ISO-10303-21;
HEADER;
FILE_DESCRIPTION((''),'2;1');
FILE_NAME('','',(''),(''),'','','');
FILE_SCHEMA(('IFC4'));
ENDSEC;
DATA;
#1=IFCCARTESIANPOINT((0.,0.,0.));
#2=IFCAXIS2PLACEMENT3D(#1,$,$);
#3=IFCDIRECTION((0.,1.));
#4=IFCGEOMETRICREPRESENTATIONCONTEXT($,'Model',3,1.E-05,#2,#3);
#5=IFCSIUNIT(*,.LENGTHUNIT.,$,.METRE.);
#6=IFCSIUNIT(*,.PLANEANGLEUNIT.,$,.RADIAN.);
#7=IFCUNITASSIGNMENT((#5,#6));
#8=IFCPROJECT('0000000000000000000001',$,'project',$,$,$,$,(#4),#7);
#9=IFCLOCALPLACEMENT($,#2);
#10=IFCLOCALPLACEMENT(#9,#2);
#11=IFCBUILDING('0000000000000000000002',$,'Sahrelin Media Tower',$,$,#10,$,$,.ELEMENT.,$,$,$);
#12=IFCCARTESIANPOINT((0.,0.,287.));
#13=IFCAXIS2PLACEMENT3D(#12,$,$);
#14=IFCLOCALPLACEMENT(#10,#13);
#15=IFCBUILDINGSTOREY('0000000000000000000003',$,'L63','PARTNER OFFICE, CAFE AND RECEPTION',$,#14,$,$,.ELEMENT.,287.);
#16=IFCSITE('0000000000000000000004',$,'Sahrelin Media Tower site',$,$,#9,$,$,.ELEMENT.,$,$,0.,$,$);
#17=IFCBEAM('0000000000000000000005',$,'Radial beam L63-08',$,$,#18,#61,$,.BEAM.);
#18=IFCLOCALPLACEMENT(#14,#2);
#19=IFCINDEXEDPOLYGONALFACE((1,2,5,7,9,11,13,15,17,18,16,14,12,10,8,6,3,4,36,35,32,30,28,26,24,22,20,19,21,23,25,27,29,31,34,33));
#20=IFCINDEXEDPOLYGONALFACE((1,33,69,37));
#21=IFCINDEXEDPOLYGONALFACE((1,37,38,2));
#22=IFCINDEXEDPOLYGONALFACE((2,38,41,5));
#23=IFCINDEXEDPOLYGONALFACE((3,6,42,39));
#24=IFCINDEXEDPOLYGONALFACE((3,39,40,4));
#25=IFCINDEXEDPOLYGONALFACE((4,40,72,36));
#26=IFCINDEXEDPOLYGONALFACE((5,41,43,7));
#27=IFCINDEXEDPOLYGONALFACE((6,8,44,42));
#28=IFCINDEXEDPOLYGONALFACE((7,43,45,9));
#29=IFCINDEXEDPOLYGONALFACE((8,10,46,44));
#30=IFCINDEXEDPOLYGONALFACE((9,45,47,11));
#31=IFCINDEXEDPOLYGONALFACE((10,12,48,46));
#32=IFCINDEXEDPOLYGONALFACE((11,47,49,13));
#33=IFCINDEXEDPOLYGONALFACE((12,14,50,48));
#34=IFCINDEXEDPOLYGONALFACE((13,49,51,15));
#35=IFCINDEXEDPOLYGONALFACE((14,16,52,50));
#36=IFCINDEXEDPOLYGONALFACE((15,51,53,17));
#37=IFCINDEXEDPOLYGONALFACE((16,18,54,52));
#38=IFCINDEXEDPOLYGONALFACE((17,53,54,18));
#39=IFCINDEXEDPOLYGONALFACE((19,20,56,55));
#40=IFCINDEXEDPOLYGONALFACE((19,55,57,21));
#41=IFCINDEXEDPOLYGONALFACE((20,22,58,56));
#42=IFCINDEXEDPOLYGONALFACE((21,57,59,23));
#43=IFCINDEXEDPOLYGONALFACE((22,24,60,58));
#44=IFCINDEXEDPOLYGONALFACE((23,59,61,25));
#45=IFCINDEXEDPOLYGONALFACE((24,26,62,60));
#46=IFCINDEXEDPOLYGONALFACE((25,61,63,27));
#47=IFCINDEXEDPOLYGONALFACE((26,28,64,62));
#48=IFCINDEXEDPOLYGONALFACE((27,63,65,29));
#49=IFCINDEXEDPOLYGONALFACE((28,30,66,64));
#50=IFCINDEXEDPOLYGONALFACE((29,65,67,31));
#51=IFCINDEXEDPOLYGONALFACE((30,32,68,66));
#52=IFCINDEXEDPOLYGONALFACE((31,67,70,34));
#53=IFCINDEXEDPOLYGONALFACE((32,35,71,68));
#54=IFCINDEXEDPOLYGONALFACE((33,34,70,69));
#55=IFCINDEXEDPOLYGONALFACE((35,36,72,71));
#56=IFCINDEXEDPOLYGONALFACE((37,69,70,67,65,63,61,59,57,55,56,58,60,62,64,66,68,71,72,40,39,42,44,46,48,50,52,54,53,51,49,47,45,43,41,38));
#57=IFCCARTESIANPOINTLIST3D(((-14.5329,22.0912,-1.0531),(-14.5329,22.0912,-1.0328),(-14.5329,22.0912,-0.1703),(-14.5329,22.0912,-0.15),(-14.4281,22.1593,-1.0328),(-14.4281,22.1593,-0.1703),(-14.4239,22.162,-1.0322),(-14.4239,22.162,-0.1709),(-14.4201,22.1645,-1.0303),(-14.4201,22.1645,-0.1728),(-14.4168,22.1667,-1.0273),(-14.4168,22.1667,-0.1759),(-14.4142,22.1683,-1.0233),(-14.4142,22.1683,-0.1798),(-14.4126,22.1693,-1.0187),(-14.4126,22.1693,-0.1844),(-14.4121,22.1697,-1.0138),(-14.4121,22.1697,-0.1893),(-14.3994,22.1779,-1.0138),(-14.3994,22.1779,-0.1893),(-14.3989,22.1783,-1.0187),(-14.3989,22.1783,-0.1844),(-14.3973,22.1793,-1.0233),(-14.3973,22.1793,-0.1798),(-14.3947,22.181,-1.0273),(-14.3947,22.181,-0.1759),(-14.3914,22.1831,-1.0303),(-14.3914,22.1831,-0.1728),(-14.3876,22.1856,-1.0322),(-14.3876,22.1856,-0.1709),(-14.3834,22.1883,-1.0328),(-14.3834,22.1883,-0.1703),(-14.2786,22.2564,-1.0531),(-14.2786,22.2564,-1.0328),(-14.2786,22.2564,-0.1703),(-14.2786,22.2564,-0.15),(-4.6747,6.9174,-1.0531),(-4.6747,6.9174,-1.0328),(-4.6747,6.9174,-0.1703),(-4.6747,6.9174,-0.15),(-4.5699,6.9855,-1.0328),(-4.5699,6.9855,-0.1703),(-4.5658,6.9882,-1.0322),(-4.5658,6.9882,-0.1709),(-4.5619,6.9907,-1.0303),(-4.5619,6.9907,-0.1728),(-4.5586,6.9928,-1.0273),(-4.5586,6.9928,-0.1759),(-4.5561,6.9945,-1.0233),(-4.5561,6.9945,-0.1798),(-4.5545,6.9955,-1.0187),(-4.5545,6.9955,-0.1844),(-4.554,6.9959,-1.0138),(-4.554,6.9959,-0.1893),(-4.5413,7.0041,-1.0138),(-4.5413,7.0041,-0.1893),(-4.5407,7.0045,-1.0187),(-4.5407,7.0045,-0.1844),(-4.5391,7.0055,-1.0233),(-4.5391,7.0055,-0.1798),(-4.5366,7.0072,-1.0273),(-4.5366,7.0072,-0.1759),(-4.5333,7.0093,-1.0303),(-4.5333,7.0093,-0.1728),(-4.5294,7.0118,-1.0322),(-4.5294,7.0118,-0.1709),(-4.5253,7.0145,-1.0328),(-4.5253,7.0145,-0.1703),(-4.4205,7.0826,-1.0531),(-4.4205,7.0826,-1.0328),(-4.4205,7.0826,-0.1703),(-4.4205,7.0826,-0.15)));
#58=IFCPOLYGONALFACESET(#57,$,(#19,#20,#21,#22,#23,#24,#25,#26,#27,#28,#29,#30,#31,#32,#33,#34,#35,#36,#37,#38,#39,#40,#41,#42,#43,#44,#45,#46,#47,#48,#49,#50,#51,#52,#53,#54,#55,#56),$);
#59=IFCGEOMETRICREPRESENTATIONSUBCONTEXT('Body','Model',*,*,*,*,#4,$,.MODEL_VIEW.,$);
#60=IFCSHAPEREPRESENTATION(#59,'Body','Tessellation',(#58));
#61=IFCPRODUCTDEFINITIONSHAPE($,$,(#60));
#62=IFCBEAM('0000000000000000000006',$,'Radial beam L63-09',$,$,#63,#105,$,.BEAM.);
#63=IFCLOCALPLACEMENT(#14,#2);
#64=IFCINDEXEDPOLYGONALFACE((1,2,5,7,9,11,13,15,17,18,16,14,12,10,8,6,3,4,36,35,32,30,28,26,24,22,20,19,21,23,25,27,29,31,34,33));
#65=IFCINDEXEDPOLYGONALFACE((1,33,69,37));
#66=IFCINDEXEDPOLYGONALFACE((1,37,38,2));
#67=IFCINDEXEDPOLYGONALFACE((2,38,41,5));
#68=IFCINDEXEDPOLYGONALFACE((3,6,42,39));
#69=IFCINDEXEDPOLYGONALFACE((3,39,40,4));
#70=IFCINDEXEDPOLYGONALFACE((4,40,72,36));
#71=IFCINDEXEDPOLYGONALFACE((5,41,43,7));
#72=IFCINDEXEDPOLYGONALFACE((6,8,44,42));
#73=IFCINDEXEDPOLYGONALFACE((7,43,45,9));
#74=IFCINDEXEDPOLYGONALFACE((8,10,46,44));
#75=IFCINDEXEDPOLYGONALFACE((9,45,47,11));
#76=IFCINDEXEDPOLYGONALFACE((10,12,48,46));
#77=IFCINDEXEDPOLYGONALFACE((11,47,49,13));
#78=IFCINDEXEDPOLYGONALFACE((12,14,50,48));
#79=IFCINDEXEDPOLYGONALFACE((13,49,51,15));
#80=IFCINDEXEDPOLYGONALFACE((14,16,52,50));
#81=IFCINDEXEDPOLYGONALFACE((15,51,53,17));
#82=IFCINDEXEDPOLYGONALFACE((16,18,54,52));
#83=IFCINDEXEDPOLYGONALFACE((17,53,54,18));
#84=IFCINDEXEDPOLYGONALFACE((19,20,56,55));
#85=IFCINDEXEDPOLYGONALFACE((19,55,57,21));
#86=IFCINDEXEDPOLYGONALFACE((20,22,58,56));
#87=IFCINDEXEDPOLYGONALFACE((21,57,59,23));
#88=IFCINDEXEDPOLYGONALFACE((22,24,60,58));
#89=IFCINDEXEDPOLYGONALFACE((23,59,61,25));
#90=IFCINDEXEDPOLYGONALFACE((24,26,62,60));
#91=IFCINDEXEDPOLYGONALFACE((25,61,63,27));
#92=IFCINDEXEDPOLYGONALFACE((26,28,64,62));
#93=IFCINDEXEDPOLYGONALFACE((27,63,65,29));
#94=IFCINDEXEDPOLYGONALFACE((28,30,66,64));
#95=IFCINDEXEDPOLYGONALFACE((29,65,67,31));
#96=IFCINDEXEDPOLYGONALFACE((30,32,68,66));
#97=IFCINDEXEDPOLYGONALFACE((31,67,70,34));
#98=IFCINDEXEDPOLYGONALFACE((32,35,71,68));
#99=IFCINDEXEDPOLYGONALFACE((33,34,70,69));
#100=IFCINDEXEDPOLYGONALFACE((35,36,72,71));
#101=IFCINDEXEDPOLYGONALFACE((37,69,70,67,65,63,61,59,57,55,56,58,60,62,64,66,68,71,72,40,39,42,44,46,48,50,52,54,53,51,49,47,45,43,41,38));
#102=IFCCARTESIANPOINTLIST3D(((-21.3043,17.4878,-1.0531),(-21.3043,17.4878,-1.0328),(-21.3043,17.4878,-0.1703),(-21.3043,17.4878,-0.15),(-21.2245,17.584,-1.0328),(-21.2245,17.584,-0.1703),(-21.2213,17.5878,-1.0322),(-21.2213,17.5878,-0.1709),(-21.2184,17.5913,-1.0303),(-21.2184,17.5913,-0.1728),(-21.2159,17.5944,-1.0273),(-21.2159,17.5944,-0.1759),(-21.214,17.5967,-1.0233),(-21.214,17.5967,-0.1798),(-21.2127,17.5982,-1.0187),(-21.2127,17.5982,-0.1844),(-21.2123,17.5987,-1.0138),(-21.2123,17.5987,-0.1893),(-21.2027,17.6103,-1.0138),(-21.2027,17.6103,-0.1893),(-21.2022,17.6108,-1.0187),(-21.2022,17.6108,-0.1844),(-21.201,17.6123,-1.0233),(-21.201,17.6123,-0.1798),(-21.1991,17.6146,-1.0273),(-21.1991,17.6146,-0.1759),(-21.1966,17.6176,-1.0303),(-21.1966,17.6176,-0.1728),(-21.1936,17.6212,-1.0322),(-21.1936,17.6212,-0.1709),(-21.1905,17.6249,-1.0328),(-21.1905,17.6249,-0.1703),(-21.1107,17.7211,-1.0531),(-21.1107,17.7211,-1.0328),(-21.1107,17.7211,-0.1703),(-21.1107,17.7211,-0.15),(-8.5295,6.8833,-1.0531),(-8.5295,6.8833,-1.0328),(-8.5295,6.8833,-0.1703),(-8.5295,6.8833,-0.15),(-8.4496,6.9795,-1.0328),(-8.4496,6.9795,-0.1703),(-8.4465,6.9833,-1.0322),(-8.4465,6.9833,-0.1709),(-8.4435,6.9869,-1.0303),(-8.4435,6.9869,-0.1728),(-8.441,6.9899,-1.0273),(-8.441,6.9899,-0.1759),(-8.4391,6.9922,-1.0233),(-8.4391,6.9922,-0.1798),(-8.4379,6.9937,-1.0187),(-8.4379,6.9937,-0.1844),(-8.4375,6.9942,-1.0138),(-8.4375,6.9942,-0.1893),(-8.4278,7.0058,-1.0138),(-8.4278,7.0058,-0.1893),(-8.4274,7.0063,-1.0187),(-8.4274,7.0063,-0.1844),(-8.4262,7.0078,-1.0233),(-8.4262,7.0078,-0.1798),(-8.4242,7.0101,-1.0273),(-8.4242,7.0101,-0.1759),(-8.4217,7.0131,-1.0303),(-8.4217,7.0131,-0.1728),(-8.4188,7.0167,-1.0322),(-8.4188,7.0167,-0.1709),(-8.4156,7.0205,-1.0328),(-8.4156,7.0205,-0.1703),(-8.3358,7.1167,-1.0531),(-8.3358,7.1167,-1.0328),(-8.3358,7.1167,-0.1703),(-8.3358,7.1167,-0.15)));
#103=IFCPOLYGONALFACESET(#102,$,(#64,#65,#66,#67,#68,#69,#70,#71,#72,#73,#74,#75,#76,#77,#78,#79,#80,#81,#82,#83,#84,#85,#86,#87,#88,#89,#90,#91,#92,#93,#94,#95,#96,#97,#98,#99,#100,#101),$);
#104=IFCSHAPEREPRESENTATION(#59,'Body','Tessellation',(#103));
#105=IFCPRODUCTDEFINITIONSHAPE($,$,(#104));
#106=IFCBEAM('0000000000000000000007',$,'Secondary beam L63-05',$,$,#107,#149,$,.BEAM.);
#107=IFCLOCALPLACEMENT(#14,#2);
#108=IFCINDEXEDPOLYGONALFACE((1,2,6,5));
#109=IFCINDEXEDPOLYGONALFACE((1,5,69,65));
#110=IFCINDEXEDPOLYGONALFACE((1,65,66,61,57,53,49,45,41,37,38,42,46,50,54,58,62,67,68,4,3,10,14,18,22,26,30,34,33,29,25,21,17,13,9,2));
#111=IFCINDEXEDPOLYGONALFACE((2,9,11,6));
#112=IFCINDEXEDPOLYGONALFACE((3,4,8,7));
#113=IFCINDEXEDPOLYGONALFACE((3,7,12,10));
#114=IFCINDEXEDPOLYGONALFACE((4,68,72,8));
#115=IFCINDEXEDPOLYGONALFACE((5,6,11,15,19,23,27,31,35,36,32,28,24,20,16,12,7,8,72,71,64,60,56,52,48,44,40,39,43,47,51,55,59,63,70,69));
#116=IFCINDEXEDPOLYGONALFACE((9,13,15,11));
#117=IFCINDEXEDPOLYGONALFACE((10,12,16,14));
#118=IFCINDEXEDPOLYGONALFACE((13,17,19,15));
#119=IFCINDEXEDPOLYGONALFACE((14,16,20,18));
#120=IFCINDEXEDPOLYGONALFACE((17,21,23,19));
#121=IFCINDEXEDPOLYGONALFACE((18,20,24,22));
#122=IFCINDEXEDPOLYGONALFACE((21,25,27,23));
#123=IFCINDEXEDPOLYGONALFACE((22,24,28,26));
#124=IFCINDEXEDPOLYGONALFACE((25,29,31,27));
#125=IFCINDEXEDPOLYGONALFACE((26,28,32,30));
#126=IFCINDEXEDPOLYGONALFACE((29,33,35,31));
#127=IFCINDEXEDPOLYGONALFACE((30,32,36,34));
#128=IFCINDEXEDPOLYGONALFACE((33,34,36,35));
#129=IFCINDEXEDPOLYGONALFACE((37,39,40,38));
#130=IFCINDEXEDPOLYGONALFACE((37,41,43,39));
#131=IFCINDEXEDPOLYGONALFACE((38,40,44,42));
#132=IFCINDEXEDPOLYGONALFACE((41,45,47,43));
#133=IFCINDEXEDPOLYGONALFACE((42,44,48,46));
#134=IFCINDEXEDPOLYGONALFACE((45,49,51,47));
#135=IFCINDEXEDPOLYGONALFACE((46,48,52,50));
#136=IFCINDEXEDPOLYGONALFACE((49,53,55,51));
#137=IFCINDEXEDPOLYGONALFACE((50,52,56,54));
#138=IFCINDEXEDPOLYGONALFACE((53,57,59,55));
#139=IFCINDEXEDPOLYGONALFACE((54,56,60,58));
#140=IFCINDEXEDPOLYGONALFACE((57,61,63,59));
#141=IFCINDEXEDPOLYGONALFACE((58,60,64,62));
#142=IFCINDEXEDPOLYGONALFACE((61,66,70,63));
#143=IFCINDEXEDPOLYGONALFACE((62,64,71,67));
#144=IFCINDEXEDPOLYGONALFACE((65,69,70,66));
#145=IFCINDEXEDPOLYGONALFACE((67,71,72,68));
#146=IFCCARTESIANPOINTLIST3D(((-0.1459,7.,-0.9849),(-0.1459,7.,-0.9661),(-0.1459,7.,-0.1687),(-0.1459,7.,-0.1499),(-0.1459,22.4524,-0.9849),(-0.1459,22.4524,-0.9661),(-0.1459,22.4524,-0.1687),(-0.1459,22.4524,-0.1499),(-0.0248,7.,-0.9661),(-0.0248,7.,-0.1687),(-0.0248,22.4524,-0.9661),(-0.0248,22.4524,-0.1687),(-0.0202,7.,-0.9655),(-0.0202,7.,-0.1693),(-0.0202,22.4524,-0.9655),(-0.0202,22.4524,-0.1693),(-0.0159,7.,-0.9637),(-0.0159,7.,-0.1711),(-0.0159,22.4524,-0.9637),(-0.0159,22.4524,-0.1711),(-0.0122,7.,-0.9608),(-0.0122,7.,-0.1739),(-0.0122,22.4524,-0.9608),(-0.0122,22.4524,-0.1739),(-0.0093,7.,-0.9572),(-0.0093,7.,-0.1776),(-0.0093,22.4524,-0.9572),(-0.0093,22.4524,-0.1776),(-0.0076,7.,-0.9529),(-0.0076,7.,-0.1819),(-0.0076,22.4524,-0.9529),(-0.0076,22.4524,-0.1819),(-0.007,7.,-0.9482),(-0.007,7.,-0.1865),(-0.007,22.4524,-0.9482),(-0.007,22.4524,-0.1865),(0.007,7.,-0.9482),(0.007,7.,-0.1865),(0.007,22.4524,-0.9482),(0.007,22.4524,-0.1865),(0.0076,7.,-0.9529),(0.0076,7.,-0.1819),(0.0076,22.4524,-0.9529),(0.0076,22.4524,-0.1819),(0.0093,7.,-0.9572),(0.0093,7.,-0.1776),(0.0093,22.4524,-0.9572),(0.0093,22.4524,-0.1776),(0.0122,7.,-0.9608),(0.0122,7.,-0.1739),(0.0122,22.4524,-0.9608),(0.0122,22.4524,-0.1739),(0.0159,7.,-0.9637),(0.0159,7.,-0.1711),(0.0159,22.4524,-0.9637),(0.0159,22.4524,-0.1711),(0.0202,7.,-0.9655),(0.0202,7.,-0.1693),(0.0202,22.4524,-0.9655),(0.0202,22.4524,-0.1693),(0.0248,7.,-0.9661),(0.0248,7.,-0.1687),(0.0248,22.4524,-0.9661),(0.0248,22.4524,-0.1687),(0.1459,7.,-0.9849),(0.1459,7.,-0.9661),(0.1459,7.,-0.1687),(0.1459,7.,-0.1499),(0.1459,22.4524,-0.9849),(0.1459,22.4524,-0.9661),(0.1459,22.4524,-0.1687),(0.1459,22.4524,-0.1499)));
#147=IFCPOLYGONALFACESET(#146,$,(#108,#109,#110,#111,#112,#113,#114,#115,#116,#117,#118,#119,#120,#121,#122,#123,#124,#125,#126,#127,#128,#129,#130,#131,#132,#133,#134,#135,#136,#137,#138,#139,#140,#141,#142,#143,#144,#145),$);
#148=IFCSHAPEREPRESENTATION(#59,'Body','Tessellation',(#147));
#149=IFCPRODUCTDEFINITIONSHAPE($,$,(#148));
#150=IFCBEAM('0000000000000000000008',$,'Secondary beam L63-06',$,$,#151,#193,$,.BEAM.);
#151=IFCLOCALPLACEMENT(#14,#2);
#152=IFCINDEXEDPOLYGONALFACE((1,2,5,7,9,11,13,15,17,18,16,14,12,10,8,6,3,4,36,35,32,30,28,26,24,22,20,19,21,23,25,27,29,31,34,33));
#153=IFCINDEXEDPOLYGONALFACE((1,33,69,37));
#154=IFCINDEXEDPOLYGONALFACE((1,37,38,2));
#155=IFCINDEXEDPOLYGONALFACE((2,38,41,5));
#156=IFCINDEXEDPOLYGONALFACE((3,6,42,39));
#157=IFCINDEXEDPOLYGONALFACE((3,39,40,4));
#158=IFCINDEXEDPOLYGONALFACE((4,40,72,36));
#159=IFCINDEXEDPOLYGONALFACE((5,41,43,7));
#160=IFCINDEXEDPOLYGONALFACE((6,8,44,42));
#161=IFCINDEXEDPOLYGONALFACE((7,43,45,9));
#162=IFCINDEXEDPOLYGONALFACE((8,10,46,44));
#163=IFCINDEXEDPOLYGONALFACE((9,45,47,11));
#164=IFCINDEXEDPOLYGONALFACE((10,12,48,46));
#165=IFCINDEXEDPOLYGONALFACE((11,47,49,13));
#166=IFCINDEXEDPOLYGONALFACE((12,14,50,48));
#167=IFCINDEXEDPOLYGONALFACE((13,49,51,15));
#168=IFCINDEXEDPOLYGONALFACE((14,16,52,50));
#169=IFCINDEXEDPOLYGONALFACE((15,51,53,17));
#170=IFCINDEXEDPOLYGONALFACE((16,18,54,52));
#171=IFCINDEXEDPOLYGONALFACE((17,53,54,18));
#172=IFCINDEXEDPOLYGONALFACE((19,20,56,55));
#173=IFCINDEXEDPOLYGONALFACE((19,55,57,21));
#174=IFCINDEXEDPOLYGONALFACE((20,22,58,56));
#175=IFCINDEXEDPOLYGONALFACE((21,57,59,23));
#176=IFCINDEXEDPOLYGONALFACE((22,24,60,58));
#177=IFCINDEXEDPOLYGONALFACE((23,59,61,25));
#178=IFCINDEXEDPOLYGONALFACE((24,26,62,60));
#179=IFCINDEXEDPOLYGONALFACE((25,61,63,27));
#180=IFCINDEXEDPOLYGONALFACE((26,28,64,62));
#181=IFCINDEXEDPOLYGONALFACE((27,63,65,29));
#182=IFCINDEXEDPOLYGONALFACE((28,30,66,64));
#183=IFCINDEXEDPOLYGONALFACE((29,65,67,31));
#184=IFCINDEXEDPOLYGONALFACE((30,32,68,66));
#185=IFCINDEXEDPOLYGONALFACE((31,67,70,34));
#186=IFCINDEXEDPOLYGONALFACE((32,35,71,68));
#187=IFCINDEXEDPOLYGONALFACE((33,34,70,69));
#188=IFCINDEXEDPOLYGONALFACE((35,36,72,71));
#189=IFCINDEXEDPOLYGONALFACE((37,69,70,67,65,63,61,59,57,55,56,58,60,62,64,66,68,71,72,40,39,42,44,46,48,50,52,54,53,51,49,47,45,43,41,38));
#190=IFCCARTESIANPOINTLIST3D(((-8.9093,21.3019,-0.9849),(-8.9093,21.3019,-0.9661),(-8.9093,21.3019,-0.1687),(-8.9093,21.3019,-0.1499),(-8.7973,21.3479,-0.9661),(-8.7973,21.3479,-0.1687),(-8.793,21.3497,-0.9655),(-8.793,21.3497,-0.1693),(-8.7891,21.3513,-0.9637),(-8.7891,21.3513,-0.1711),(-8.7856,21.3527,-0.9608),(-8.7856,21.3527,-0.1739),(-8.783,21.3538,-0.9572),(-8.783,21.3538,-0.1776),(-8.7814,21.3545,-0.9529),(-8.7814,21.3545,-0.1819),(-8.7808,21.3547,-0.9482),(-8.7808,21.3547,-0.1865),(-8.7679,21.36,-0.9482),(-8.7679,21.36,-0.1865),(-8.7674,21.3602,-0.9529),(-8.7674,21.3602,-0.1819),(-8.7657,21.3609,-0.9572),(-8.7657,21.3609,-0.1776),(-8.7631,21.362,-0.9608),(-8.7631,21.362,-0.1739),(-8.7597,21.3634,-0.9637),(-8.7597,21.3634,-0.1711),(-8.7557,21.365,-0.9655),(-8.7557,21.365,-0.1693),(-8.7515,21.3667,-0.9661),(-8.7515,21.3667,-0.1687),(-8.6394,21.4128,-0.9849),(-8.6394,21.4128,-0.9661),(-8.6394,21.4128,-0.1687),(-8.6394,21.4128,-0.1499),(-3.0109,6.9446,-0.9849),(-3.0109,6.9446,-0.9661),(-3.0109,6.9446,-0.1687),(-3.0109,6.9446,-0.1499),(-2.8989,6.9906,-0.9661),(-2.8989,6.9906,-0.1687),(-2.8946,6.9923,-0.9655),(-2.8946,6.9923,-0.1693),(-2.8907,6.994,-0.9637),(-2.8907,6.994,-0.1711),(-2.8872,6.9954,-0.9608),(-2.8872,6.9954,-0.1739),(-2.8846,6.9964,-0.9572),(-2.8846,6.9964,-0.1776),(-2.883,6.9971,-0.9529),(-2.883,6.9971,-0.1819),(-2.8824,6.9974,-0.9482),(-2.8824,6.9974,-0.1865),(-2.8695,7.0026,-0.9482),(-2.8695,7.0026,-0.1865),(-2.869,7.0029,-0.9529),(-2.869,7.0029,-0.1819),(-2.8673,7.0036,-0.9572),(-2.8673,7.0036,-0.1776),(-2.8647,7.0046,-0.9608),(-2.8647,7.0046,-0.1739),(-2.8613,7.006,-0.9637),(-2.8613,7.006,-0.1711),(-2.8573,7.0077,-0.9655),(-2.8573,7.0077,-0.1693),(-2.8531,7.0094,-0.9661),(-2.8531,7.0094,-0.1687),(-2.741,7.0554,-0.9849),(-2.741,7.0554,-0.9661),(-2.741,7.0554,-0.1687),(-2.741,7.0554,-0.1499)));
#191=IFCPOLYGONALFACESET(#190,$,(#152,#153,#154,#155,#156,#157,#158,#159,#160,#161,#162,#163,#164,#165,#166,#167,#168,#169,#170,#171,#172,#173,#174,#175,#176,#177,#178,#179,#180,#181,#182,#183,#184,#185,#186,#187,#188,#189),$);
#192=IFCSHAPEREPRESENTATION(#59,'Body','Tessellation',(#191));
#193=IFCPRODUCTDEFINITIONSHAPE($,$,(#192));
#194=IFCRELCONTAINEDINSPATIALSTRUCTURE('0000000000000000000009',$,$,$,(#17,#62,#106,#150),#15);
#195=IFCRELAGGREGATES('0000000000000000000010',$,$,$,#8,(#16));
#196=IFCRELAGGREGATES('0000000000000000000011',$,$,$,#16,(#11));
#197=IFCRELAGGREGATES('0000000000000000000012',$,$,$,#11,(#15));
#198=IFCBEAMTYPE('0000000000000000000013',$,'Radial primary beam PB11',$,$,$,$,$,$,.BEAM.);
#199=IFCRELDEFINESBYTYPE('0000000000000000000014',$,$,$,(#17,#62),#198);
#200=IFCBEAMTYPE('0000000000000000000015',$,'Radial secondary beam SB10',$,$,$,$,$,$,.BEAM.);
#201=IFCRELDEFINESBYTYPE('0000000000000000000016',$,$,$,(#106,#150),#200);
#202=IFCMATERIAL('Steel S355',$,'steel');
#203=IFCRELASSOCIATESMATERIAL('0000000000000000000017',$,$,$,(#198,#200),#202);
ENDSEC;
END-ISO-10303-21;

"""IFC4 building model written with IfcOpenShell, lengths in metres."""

from ifc_helpers import new_model, si_unit, direction, frame, origin, origin_2d, place, context, subcontext, project, spatial, i_section, extrude, material, material_profile, profile_set, type_object, element, save


model = new_model("IFC4")

# Units and contexts
model_context = context("Model", 3, precision=1e-05, world=origin(), true_north=direction((0.0, 1.0)))
body_context = subcontext(model_context, "Body", "Model", "MODEL_VIEW")
ifc_project = project(units=[si_unit("LENGTHUNIT", "METRE"), si_unit("PLANEANGLEUNIT", "RADIAN")], contexts=[model_context])

# Site, building, storey
site_placement = place(None, origin())
site = spatial("IfcSite", under=ifc_project, at=site_placement, Name="Sahrelin Media Tower site", CompositionType="ELEMENT", RefElevation=0.0)
building_placement = place(site_placement, origin())
building = spatial("IfcBuilding", under=site, at=building_placement, Name="Sahrelin Media Tower", CompositionType="ELEMENT")
storey_placement = place(building_placement, frame((0.0, 0.0, 287.0)))
storey = spatial("IfcBuildingStorey", under=building, at=storey_placement, Name="L63", Description="PARTNER OFFICE, CAFE AND RECEPTION", CompositionType="ELEMENT", Elevation=287.0)

# Shared definitions
ifc_material_1 = material(Name="Steel S355", Category="steel")

# Beams
ifc_material_profile_1 = material_profile(ifc_material_1, i_section(OverallWidth=0.3032, OverallDepth=0.9031, WebThickness=0.0151, FlangeThickness=0.0203, FilletRadius=0.019, at=origin_2d()), Name="UB 914x305x201")
ifc_profile_set_1 = profile_set([ifc_material_profile_1], Name="Steel S355")
beam_type_1 = type_object("IfcBeamType", Name="Radial primary beam PB11", PredefinedType="BEAM", material=ifc_profile_set_1)
beam_1_placement = place(storey_placement, frame((-4.5476, 7.0, -0.6016), z_axis=(-0.544801, 0.838566, 0.0), x_axis=(-0.838566, -0.544801, 0.0)))
element("IfcBeam", 1, at=beam_1_placement, inside=storey, type_object=beam_type_1, Name="Radial beam L63-08", PredefinedType="BEAM", context=body_context, shape_type="SweptSolid", body=[
    extrude(i_section(OverallWidth=0.3032, OverallDepth=0.9031, WebThickness=0.0151, FlangeThickness=0.0203, FilletRadius=0.019, at=origin_2d()), origin(), (0.0, 0.0, 1.0), 18.095),
])
beam_2_placement = place(storey_placement, frame((-8.4326, 7.0, -0.6016), z_axis=(-0.769442, 0.638717, 0.0), x_axis=(-0.638717, -0.769442, 0.0)))
element("IfcBeam", 2, at=beam_2_placement, inside=storey, type_object=beam_type_1, Name="Radial beam L63-09", PredefinedType="BEAM", context=body_context, shape_type="SweptSolid", body=[
    extrude(i_section(OverallWidth=0.3032, OverallDepth=0.9031, WebThickness=0.0151, FlangeThickness=0.0203, FilletRadius=0.019, at=origin_2d()), origin(), (0.0, 0.0, 1.0), 16.6028),
])
ifc_material_profile_2 = material_profile(ifc_material_1, i_section(OverallWidth=0.2917, OverallDepth=0.835, WebThickness=0.0139, FlangeThickness=0.0188, FilletRadius=0.0178, at=origin_2d()), Name="UB 838x292x176")
ifc_profile_set_2 = profile_set([ifc_material_profile_2], Name="Steel S355")
beam_type_2 = type_object("IfcBeamType", Name="Radial secondary beam SB10", PredefinedType="BEAM", material=ifc_profile_set_2)
beam_3_placement = place(storey_placement, frame((0.0, 7.0, -0.5674), z_axis=(0.0, 1.0, 0.0), x_axis=(-1.0, 0.0, 0.0)))
element("IfcBeam", 3, at=beam_3_placement, inside=storey, type_object=beam_type_2, Name="Secondary beam L63-05", PredefinedType="BEAM", context=body_context, shape_type="SweptSolid", body=[
    extrude(i_section(OverallWidth=0.2917, OverallDepth=0.835, WebThickness=0.0139, FlangeThickness=0.0188, FilletRadius=0.0178, at=origin_2d()), origin(), (0.0, 0.0, 1.0), 15.4524),
])
beam_4_placement = place(storey_placement, frame((-2.876, 7.0, -0.5674), z_axis=(-0.380009, 0.924983, 0.0), x_axis=(-0.924983, -0.380009, 0.0)))
element("IfcBeam", 4, at=beam_4_placement, inside=storey, type_object=beam_type_2, Name="Secondary beam L63-06", PredefinedType="BEAM", context=body_context, shape_type="SweptSolid", body=[
    extrude(i_section(OverallWidth=0.2917, OverallDepth=0.835, WebThickness=0.0139, FlangeThickness=0.0188, FilletRadius=0.0178, at=origin_2d()), origin(), (0.0, 0.0, 1.0), 15.5217),
])

save(model, "model.ifc")
